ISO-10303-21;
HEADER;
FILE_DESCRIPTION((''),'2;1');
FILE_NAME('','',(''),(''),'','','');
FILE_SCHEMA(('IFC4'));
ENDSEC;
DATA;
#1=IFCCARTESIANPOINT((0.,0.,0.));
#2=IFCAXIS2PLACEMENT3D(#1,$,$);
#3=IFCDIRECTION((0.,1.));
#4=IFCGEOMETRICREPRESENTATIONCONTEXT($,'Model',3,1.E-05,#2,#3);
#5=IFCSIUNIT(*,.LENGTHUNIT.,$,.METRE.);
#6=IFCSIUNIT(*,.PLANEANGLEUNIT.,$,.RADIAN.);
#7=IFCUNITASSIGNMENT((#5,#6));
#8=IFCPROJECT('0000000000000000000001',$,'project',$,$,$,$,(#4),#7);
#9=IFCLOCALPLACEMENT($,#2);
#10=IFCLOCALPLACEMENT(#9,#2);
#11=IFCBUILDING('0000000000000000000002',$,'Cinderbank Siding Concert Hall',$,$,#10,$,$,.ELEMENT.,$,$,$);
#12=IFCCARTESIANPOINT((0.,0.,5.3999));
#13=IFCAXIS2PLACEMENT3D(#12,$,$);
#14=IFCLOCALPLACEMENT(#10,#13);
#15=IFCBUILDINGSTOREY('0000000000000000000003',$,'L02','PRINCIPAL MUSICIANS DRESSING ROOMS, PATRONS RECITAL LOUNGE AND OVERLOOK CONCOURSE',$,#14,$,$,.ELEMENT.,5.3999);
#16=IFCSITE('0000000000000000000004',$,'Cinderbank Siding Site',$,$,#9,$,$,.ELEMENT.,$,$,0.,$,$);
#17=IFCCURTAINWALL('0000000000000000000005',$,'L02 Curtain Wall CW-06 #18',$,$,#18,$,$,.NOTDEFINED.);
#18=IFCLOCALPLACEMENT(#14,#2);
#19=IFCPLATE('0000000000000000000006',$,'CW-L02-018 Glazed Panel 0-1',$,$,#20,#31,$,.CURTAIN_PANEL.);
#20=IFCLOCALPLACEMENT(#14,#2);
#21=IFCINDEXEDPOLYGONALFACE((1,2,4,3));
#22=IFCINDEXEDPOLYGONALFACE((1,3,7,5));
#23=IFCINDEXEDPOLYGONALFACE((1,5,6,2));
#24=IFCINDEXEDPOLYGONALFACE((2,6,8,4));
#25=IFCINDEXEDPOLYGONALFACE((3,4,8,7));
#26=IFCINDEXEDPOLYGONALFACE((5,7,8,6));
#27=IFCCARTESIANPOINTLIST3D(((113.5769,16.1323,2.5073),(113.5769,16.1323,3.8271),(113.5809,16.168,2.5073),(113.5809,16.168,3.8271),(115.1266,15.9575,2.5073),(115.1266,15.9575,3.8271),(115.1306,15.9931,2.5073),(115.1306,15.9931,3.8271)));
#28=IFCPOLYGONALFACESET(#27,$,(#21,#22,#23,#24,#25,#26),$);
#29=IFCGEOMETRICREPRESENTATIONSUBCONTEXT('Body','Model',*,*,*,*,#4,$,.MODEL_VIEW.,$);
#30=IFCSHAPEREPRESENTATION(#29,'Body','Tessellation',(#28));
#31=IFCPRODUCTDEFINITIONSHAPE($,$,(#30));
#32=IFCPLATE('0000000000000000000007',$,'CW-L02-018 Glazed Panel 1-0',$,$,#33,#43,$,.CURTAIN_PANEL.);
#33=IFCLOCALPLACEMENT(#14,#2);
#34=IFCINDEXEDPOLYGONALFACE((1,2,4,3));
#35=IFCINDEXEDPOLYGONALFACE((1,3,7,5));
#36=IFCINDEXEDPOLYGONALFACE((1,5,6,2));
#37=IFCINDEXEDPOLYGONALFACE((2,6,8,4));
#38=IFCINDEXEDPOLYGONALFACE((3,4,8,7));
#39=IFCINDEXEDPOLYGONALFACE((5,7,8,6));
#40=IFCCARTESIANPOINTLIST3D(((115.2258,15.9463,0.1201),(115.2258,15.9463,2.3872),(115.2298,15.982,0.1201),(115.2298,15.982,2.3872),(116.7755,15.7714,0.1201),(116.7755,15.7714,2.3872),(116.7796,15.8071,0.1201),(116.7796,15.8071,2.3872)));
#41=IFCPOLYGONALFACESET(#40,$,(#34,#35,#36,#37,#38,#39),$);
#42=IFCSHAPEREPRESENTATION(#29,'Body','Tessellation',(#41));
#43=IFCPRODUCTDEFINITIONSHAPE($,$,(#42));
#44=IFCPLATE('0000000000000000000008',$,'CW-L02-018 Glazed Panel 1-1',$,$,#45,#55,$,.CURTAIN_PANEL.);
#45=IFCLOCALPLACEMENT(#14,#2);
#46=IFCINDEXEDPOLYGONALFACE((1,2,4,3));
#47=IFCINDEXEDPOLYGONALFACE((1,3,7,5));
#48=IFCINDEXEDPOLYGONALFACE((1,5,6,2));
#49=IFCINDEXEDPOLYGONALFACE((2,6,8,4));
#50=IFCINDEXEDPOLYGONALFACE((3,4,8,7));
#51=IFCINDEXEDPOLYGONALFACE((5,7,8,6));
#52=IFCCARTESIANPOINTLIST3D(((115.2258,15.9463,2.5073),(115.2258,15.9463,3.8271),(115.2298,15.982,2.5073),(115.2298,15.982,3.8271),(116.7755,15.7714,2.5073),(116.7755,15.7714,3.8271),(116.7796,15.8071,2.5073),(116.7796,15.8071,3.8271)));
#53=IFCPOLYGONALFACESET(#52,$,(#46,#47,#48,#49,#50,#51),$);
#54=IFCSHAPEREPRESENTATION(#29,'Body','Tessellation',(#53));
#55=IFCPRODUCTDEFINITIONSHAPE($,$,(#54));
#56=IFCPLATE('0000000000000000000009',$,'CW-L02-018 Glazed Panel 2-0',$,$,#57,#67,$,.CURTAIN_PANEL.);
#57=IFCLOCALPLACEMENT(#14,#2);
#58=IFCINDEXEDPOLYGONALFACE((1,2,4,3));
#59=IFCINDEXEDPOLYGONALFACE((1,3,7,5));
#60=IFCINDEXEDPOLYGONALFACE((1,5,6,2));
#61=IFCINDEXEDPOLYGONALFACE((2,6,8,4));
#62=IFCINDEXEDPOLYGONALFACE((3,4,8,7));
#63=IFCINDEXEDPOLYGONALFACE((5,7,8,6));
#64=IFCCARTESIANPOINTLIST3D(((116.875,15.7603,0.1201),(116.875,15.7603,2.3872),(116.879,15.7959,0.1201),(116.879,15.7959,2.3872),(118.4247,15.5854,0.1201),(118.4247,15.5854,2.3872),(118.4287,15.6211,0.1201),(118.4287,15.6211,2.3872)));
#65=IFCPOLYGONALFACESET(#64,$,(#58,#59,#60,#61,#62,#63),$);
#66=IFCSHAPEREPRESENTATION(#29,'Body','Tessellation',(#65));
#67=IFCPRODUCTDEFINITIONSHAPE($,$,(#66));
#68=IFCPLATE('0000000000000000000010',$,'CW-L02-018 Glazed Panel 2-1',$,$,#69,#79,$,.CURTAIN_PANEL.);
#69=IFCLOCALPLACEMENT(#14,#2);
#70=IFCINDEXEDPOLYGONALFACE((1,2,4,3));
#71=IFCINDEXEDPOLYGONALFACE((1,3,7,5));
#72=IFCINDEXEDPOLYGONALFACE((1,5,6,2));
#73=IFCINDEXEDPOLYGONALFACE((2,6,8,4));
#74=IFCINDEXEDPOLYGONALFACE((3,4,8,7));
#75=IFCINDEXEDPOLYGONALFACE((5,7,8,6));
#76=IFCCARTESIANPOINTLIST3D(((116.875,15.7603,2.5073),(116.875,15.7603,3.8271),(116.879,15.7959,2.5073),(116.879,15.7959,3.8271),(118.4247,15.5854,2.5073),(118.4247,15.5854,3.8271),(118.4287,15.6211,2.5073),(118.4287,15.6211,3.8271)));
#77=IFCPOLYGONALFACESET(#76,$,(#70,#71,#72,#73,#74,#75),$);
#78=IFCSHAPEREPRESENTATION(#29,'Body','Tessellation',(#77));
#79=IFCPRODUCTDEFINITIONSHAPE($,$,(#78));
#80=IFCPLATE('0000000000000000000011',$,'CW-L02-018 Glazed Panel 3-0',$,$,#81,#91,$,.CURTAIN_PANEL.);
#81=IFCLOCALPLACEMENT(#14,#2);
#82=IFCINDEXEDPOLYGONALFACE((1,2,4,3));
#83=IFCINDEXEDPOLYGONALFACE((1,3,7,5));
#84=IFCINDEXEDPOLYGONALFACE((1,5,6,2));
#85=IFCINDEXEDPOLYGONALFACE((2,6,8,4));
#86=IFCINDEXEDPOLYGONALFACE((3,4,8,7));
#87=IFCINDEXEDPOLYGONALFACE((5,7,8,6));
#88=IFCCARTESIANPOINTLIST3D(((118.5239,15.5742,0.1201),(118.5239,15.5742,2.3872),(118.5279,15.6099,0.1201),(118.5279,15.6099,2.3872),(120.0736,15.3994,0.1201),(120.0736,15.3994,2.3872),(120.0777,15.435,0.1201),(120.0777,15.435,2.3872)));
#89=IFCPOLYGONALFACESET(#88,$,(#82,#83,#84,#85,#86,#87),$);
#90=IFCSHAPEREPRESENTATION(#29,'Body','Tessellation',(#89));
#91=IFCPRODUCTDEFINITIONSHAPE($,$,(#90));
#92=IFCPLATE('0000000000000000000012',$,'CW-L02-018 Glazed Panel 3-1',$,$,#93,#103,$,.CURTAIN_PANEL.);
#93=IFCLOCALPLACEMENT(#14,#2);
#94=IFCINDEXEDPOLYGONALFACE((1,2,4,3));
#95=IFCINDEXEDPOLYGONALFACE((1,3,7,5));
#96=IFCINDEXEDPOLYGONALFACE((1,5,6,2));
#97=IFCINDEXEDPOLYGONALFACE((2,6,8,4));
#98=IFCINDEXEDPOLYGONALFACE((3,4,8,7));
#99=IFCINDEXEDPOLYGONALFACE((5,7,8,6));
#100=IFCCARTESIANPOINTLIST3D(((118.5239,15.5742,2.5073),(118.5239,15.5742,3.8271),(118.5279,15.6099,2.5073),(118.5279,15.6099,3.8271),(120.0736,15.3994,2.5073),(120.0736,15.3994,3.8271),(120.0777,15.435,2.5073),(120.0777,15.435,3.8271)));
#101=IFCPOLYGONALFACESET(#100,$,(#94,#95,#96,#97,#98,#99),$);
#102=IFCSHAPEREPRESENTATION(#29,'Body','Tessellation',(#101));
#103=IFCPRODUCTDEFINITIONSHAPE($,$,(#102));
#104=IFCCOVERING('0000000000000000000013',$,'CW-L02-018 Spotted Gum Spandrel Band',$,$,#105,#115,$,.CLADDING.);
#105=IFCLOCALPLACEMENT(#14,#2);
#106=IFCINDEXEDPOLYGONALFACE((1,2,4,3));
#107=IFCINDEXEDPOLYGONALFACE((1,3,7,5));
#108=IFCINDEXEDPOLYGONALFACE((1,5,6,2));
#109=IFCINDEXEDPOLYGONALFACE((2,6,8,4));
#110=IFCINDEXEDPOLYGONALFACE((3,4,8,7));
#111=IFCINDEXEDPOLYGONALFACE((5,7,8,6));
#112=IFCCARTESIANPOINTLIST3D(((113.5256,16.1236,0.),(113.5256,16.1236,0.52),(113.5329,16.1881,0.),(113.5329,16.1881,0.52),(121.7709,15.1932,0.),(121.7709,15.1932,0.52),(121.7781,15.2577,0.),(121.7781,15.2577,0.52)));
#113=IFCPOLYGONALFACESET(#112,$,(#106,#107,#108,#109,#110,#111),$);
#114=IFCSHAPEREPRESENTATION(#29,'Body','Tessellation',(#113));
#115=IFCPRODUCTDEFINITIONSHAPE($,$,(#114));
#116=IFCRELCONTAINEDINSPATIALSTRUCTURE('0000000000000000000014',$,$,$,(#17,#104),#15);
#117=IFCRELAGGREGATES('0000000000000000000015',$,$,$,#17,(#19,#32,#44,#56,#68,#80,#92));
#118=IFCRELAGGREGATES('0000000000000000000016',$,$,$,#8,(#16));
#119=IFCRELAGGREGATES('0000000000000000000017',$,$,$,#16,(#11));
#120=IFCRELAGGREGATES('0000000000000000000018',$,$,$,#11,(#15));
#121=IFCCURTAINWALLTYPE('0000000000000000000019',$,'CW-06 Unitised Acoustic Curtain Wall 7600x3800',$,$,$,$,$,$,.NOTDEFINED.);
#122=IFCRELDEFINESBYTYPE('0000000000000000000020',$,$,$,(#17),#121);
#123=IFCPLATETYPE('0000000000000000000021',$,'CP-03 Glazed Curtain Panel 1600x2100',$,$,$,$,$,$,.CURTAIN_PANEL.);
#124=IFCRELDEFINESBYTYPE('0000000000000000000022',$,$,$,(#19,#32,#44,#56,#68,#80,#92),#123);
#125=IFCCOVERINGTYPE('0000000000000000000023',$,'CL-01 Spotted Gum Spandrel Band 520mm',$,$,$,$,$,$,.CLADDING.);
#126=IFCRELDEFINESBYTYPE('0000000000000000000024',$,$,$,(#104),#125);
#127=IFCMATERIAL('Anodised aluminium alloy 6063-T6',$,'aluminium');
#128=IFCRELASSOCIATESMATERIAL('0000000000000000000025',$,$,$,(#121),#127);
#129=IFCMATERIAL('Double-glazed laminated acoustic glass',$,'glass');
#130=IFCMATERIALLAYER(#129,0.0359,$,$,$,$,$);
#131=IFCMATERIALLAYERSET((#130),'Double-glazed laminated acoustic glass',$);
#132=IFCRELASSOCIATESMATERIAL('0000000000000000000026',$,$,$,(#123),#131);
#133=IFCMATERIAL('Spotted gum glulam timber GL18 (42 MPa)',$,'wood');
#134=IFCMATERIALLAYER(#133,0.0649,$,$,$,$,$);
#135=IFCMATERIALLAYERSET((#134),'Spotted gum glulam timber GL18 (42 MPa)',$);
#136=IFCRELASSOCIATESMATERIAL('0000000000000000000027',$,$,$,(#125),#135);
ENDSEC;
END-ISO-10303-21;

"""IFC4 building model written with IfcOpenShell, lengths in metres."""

from ifc_helpers import new_model, si_unit, direction, frame, origin, origin_2d, place, context, subcontext, project, spatial, rectangle, extrude, material, layer, layer_set, type_object, element, aggregate, save


model = new_model("IFC4")

# Units and contexts
model_context = context("Model", 3, precision=1e-05, world=origin(), true_north=direction((0.0, 1.0)))
body_context = subcontext(model_context, "Body", "Model", "MODEL_VIEW")
ifc_project = project(units=[si_unit("LENGTHUNIT", "METRE"), si_unit("PLANEANGLEUNIT", "RADIAN")], contexts=[model_context])

# Site, building, storey
site_placement = place(None, origin())
site = spatial("IfcSite", under=ifc_project, at=site_placement, Name="Cinderbank Siding Site", CompositionType="ELEMENT", RefElevation=0.0)
building_placement = place(site_placement, origin())
building = spatial("IfcBuilding", under=site, at=building_placement, Name="Cinderbank Siding Concert Hall", CompositionType="ELEMENT")
storey_placement = place(building_placement, frame((0.0, 0.0, 5.3999)))
storey = spatial("IfcBuildingStorey", under=building, at=storey_placement, Name="L02", Description="PRINCIPAL MUSICIANS DRESSING ROOMS, PATRONS RECITAL LOUNGE AND OVERLOOK CONCOURSE", CompositionType="ELEMENT", Elevation=5.3999)

# Curtain wall
ifc_material_1 = material(Name="Anodised aluminium alloy 6063-T6", Category="aluminium")
curtain_wall_type_1 = type_object("IfcCurtainWallType", Name="CW-06 Unitised Acoustic Curtain Wall 7600x3800", PredefinedType="NOTDEFINED", material=ifc_material_1)
curtain_wall_1_placement = place(storey_placement, origin())
curtain_wall_1 = element("IfcCurtainWall", 1, at=curtain_wall_1_placement, inside=storey, type_object=curtain_wall_type_1, Name="L02 Curtain Wall CW-06 #18", PredefinedType="NOTDEFINED")

# Shared definitions
ifc_material_2 = material(Name="Spotted gum glulam timber GL18 (42 MPa)", Category="wood")

# Plates
ifc_material_3 = material(Name="Double-glazed laminated acoustic glass", Category="glass")
ifc_layer_1 = layer(ifc_material_3, 0.0359)
ifc_layer_set_1 = layer_set([ifc_layer_1], Name="Double-glazed laminated acoustic glass")
plate_type_1 = type_object("IfcPlateType", Name="CP-03 Glazed Curtain Panel 1600x2100", PredefinedType="CURTAIN_PANEL", material=ifc_layer_set_1)
plate_1_placement = place(storey_placement, frame((114.3538, 16.0627, 2.5073), z_axis=(0.0, 0.0, 1.0), x_axis=(0.993694, -0.112129, 0.0)))
plate_1 = element("IfcPlate", 2, at=plate_1_placement, type_object=plate_type_1, Name="CW-L02-018 Glazed Panel 0-1", PredefinedType="CURTAIN_PANEL", context=body_context, shape_type="SweptSolid", body=[
    extrude(rectangle(XDim=1.5596, YDim=0.0359, at=origin_2d()), origin(), (0.0, 0.0, 1.0), 1.3198),
])
plate_2_placement = place(storey_placement, frame((116.0027, 15.8767, 0.1201), z_axis=(0.0, 0.0, 1.0), x_axis=(0.993694, -0.112129, 0.0)))
plate_2 = element("IfcPlate", 3, at=plate_2_placement, type_object=plate_type_1, Name="CW-L02-018 Glazed Panel 1-0", PredefinedType="CURTAIN_PANEL", context=body_context, shape_type="SweptSolid", body=[
    extrude(rectangle(XDim=1.5596, YDim=0.0359, at=origin_2d()), origin(), (0.0, 0.0, 1.0), 2.2671),
])
plate_3_placement = place(storey_placement, frame((116.0027, 15.8767, 2.5073), z_axis=(0.0, 0.0, 1.0), x_axis=(0.993694, -0.112129, 0.0)))
plate_3 = element("IfcPlate", 4, at=plate_3_placement, type_object=plate_type_1, Name="CW-L02-018 Glazed Panel 1-1", PredefinedType="CURTAIN_PANEL", context=body_context, shape_type="SweptSolid", body=[
    extrude(rectangle(XDim=1.5596, YDim=0.0359, at=origin_2d()), origin(), (0.0, 0.0, 1.0), 1.3198),
])
plate_4_placement = place(storey_placement, frame((117.6519, 15.6907, 0.1201), z_axis=(0.0, 0.0, 1.0), x_axis=(0.993694, -0.112129, 0.0)))
plate_4 = element("IfcPlate", 5, at=plate_4_placement, type_object=plate_type_1, Name="CW-L02-018 Glazed Panel 2-0", PredefinedType="CURTAIN_PANEL", context=body_context, shape_type="SweptSolid", body=[
    extrude(rectangle(XDim=1.5596, YDim=0.0359, at=origin_2d()), origin(), (0.0, 0.0, 1.0), 2.2671),
])
plate_5_placement = place(storey_placement, frame((117.6519, 15.6907, 2.5073), z_axis=(0.0, 0.0, 1.0), x_axis=(0.993694, -0.112129, 0.0)))
plate_5 = element("IfcPlate", 6, at=plate_5_placement, type_object=plate_type_1, Name="CW-L02-018 Glazed Panel 2-1", PredefinedType="CURTAIN_PANEL", context=body_context, shape_type="SweptSolid", body=[
    extrude(rectangle(XDim=1.5596, YDim=0.0359, at=origin_2d()), origin(), (0.0, 0.0, 1.0), 1.3198),
])
plate_6_placement = place(storey_placement, frame((119.3008, 15.5046, 0.1201), z_axis=(0.0, 0.0, 1.0), x_axis=(0.993694, -0.112129, 0.0)))
plate_6 = element("IfcPlate", 7, at=plate_6_placement, type_object=plate_type_1, Name="CW-L02-018 Glazed Panel 3-0", PredefinedType="CURTAIN_PANEL", context=body_context, shape_type="SweptSolid", body=[
    extrude(rectangle(XDim=1.5596, YDim=0.0359, at=origin_2d()), origin(), (0.0, 0.0, 1.0), 2.2671),
])
plate_7_placement = place(storey_placement, frame((119.3008, 15.5046, 2.5073), z_axis=(0.0, 0.0, 1.0), x_axis=(0.993694, -0.112129, 0.0)))
plate_7 = element("IfcPlate", 8, at=plate_7_placement, type_object=plate_type_1, Name="CW-L02-018 Glazed Panel 3-1", PredefinedType="CURTAIN_PANEL", context=body_context, shape_type="SweptSolid", body=[
    extrude(rectangle(XDim=1.5596, YDim=0.0359, at=origin_2d()), origin(), (0.0, 0.0, 1.0), 1.3198),
])
aggregate(curtain_wall_1, [plate_1, plate_2, plate_3, plate_4, plate_5, plate_6, plate_7])

# Covering
ifc_layer_2 = layer(ifc_material_2, 0.0649)
ifc_layer_set_2 = layer_set([ifc_layer_2], Name="Spotted gum glulam timber GL18 (42 MPa)")
covering_type = type_object("IfcCoveringType", Name="CL-01 Spotted Gum Spandrel Band 520mm", PredefinedType="CLADDING", material=ifc_layer_set_2)
covering_placement = place(storey_placement, frame((117.6519, 15.6907, 0.0), z_axis=(0.0, 0.0, 1.0), x_axis=(0.993694, -0.112129, 0.0)))
element("IfcCovering", 9, at=covering_placement, inside=storey, type_object=covering_type, Name="CW-L02-018 Spotted Gum Spandrel Band", PredefinedType="CLADDING", context=body_context, shape_type="SweptSolid", body=[
    extrude(rectangle(XDim=8.2976, YDim=0.0649, at=origin_2d()), origin(), (0.0, 0.0, 1.0), 0.52),
])

save(model, "model.ifc")
